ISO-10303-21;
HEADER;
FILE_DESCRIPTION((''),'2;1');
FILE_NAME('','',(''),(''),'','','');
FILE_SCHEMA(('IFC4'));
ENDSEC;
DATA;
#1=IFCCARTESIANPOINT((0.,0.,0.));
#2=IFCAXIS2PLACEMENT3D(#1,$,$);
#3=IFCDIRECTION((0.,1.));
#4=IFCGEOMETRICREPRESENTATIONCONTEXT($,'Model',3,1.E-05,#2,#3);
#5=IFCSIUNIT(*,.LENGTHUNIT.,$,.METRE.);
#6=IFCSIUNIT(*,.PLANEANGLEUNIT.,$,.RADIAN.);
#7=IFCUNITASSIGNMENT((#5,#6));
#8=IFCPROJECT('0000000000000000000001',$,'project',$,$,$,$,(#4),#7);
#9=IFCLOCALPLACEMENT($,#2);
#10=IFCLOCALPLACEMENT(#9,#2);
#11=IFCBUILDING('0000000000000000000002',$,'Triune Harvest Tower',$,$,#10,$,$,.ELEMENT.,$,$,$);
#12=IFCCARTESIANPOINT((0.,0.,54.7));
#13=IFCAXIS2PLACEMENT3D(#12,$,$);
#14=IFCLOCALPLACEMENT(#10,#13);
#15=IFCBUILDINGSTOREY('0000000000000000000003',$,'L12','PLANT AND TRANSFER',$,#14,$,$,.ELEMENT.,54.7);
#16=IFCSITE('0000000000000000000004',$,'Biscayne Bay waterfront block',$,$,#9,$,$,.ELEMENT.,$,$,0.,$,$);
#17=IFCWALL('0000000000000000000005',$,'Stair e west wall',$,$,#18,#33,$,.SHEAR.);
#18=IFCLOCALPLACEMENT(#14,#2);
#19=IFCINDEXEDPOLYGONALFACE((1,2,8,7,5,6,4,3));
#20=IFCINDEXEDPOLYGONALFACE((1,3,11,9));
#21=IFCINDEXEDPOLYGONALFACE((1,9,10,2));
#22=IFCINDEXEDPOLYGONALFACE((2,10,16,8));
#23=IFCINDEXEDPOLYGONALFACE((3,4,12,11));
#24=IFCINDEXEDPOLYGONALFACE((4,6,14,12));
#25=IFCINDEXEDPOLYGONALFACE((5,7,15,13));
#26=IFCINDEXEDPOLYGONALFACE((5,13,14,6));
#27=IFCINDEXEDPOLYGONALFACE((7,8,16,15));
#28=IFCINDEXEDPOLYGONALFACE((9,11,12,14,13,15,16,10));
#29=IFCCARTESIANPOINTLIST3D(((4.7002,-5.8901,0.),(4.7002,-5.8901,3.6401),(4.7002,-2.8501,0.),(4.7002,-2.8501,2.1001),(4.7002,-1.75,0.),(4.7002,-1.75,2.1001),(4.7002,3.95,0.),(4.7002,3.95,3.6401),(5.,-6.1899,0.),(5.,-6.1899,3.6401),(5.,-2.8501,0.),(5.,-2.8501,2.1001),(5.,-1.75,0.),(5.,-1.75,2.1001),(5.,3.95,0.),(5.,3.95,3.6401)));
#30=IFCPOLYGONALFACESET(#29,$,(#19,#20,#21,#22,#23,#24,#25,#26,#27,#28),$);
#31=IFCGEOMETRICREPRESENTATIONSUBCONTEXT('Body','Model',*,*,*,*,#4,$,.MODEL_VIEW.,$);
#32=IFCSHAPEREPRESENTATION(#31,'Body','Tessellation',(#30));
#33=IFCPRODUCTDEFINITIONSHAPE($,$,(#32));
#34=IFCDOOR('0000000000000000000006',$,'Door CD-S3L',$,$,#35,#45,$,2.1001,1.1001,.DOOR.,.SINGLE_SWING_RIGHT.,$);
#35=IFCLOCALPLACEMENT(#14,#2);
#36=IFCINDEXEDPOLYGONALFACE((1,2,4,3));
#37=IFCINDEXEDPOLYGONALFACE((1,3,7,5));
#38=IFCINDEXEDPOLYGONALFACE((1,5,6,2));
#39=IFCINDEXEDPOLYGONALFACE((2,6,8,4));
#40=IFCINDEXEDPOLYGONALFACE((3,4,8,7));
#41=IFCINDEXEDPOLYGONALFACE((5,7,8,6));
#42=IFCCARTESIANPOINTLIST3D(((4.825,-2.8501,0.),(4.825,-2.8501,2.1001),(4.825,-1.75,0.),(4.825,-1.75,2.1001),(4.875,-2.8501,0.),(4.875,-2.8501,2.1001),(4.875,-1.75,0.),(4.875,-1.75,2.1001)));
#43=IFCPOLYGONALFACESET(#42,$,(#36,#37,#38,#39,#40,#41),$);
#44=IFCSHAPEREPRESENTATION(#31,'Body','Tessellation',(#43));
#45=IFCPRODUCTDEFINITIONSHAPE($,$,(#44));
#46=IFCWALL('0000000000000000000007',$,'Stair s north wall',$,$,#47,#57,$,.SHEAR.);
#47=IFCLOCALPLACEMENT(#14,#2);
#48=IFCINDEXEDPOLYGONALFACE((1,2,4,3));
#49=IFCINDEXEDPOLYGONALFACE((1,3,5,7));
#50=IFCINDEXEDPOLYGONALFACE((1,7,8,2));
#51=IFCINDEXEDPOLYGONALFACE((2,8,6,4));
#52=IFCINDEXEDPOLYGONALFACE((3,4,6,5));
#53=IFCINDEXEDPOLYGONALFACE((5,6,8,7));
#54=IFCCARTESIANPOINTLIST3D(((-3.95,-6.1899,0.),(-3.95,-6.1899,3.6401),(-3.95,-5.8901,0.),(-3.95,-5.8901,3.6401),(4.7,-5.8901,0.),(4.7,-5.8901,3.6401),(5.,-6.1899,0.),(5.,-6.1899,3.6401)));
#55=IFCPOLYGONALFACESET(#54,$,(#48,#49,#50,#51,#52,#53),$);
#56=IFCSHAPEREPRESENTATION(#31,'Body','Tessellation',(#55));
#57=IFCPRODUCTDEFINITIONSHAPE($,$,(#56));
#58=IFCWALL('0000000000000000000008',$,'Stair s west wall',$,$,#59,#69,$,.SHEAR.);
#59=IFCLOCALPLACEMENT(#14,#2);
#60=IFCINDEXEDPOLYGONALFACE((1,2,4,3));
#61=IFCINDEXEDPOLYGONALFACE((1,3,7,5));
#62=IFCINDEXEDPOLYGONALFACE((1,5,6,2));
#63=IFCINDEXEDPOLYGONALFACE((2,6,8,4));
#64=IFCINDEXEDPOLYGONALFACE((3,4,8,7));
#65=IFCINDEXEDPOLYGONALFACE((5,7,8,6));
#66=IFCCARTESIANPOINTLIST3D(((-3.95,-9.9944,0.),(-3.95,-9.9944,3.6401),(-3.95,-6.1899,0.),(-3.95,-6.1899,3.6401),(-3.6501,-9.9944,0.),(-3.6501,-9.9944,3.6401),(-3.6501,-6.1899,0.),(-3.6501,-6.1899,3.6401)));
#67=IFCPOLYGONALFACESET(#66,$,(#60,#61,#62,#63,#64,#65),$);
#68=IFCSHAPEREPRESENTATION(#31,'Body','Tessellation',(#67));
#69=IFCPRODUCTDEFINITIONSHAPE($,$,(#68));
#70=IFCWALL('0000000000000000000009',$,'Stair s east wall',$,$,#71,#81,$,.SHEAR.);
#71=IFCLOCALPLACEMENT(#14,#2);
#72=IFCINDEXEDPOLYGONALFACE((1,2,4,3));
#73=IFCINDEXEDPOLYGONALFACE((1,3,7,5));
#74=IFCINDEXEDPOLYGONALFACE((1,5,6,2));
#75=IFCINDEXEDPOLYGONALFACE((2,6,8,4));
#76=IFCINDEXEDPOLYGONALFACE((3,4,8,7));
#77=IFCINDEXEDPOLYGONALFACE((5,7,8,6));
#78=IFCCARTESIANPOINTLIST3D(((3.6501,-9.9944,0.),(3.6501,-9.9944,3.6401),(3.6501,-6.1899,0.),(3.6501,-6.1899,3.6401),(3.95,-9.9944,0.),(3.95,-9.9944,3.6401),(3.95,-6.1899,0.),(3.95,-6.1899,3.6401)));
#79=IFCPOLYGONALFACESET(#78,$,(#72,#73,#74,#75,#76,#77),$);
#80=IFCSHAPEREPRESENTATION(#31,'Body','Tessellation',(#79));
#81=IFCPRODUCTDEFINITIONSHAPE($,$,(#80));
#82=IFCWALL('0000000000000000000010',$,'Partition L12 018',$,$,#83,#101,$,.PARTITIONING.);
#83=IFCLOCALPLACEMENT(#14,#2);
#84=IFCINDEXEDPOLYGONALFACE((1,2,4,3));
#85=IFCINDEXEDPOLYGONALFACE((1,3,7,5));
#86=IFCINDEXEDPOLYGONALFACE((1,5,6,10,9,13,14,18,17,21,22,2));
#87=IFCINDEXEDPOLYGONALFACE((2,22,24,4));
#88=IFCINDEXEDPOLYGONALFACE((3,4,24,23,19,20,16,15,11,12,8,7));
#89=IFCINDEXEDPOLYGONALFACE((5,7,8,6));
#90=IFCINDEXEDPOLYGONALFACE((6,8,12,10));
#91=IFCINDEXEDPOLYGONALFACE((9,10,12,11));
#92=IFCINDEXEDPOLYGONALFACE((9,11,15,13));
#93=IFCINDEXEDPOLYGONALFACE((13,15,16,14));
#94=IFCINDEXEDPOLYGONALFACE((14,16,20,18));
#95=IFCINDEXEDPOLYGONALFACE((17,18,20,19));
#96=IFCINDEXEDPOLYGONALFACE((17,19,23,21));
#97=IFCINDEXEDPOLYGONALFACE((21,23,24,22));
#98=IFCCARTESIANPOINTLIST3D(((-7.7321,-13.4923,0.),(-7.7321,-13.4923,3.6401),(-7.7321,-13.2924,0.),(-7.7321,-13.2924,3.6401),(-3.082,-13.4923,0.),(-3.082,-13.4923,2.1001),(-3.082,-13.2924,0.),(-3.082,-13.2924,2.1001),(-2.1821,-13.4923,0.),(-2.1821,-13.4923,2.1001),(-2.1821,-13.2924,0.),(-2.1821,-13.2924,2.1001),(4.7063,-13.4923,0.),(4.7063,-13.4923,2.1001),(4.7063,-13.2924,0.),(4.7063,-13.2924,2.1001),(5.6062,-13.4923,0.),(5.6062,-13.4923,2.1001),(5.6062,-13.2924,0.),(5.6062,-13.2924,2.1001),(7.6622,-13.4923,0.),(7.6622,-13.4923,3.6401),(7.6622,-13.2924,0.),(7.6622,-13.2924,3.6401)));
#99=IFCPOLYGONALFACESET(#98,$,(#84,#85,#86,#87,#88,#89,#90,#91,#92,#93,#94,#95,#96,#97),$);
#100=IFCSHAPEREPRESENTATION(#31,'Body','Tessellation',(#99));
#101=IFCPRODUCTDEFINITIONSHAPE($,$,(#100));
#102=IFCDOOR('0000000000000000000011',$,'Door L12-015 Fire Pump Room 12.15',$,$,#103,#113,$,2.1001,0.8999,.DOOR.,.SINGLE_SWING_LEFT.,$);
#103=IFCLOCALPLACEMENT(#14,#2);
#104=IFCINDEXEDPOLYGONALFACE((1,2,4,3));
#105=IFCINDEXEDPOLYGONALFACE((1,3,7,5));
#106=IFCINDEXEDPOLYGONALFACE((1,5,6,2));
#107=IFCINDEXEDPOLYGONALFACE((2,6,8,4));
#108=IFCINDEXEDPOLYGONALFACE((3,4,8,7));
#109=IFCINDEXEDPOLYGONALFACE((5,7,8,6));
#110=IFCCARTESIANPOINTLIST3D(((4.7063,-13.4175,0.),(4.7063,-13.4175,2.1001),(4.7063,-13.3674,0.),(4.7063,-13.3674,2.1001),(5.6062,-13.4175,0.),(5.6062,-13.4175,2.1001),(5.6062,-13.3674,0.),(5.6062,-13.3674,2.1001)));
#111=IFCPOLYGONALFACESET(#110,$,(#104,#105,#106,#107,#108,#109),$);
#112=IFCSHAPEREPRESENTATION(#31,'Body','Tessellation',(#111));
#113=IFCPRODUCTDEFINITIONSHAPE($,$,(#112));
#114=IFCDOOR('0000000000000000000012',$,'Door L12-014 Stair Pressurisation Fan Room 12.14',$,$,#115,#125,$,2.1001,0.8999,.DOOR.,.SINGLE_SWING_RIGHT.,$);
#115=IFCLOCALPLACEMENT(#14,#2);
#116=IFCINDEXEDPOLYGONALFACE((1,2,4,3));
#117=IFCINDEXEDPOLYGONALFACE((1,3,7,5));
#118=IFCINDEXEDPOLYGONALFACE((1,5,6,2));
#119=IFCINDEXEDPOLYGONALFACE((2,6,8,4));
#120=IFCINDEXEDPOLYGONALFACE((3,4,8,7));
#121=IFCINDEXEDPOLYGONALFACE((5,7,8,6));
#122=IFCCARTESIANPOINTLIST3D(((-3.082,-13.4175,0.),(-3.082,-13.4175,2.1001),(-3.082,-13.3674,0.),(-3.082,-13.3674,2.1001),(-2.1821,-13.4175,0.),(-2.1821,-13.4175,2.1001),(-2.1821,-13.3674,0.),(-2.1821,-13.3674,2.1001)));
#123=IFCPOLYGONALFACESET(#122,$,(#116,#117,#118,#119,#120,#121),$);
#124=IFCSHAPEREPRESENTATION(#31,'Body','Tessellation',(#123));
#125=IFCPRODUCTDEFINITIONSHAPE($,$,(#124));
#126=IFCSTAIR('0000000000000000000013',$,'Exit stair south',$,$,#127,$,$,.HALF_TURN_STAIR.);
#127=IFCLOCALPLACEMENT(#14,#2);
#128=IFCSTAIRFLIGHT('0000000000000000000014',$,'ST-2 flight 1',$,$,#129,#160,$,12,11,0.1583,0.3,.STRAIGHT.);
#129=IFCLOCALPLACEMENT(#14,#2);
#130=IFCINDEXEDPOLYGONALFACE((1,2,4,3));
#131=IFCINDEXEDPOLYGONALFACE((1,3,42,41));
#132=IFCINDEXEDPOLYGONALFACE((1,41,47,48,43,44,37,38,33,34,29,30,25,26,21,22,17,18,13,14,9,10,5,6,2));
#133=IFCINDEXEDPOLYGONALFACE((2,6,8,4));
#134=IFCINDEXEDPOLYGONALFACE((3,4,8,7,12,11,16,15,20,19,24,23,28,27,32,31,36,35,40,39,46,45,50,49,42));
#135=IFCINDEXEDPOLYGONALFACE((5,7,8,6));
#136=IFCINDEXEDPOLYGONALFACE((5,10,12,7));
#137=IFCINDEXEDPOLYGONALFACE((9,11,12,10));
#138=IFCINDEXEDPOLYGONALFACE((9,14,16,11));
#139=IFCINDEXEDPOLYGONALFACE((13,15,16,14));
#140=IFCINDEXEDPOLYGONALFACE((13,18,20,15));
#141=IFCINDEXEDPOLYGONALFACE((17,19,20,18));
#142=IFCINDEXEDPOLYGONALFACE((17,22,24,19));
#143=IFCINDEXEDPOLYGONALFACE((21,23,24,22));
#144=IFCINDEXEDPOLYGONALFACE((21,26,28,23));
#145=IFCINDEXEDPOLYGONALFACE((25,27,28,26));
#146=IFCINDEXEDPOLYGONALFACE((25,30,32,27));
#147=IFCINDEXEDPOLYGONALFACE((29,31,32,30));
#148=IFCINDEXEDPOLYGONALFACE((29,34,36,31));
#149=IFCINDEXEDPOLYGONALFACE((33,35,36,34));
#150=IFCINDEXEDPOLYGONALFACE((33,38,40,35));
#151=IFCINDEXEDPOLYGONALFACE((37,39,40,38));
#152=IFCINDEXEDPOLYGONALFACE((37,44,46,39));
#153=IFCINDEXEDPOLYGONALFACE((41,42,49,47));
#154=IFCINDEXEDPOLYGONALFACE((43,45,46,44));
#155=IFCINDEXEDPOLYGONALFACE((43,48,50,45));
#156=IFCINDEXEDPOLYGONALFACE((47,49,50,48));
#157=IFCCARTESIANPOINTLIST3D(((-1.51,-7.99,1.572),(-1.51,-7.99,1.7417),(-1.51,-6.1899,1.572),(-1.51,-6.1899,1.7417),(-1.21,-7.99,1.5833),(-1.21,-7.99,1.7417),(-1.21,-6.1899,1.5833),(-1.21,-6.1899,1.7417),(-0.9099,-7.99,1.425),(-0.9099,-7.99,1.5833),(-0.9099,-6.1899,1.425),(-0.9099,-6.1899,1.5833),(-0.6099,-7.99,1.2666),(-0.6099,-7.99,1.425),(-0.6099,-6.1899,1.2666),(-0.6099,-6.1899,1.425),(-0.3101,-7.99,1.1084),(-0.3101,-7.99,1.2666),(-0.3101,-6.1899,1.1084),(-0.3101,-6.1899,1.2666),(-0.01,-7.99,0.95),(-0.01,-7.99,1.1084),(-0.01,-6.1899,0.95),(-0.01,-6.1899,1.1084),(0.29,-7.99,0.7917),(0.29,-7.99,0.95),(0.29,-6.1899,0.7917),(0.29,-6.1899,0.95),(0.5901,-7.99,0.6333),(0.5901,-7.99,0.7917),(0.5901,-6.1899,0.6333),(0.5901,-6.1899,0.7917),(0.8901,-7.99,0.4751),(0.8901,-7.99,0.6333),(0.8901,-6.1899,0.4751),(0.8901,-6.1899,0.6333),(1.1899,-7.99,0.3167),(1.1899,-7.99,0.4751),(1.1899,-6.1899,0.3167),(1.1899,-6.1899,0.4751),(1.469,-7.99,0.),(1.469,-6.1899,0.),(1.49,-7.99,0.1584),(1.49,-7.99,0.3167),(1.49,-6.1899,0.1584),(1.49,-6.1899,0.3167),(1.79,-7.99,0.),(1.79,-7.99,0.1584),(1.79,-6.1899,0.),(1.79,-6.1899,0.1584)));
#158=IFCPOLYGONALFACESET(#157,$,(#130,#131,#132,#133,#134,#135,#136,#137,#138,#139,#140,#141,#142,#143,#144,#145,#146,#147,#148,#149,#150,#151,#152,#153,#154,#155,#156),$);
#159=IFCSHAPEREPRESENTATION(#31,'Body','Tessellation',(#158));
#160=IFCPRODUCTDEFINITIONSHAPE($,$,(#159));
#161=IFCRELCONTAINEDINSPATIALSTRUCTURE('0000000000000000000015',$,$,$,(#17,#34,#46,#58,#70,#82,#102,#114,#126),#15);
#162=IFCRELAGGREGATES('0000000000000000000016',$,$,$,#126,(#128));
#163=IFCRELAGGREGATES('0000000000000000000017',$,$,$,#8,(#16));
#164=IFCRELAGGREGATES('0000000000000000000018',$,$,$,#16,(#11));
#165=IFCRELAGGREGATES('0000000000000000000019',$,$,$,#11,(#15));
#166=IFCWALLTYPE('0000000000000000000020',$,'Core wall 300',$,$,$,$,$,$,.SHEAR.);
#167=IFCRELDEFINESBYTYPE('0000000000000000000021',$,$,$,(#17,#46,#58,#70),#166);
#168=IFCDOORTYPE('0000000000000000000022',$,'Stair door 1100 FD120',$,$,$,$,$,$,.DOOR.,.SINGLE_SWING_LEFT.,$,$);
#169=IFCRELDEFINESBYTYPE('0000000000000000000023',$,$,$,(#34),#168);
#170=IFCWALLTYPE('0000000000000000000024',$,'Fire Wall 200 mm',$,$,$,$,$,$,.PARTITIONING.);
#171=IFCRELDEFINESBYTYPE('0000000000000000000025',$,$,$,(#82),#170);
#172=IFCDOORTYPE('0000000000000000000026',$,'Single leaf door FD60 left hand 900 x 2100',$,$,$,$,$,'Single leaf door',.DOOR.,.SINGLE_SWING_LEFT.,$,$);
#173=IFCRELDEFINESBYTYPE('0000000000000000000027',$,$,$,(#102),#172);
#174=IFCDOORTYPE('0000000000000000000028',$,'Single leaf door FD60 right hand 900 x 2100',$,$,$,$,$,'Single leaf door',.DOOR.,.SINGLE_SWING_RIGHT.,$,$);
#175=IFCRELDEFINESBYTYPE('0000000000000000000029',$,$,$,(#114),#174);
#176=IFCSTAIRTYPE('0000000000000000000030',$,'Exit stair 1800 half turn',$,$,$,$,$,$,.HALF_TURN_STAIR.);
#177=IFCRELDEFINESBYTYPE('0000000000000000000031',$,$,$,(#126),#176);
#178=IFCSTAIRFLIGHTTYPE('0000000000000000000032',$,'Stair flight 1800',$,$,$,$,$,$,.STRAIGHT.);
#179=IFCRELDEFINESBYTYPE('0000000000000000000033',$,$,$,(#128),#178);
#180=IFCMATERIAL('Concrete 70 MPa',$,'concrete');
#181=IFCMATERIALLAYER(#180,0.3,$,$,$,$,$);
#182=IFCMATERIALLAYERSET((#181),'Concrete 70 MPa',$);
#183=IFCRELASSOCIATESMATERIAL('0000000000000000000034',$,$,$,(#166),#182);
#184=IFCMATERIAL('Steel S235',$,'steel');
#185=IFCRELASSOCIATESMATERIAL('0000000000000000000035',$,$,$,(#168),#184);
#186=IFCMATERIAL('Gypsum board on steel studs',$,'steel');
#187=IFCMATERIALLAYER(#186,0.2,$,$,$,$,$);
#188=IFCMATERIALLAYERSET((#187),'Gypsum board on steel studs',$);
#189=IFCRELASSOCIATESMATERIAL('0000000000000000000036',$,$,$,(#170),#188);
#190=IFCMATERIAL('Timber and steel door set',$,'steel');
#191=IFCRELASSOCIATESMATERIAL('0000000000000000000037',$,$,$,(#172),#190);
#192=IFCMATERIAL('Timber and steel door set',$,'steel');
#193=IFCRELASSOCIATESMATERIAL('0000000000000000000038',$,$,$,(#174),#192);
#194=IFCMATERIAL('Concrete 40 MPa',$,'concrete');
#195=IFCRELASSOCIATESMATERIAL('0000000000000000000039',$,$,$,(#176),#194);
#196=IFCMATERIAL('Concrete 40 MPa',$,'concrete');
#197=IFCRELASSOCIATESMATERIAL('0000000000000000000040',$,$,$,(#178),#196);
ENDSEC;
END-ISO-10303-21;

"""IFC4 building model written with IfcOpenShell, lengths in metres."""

from ifc_helpers import new_model, si_unit, direction, frame, frame_2d, origin, place, context, subcontext, project, spatial, polyline, rectangle, outline, extrude, source, transform, mapped, material, layer, layer_set, type_object, element, fill, aggregate, save


model = new_model("IFC4")

# Units and contexts
model_context = context("Model", 3, precision=1e-05, world=origin(), true_north=direction((0.0, 1.0)))
body_context = subcontext(model_context, "Body", "Model", "MODEL_VIEW")
ifc_project = project(units=[si_unit("LENGTHUNIT", "METRE"), si_unit("PLANEANGLEUNIT", "RADIAN")], contexts=[model_context])

# Site, building, storey
site_placement = place(None, origin())
site = spatial("IfcSite", under=ifc_project, at=site_placement, Name="Biscayne Bay waterfront block", CompositionType="ELEMENT", RefElevation=0.0)
building_placement = place(site_placement, origin())
building = spatial("IfcBuilding", under=site, at=building_placement, Name="Triune Harvest Tower", CompositionType="ELEMENT")
storey_placement = place(building_placement, frame((0.0, 0.0, 54.7)))
storey = spatial("IfcBuildingStorey", under=building, at=storey_placement, Name="L12", Description="PLANT AND TRANSFER", CompositionType="ELEMENT", Elevation=54.7)

# Shared definitions
ifc_material_1 = material(Name="Concrete 70 MPa", Category="concrete")
ifc_layer_1 = layer(ifc_material_1, 0.3)
ifc_layer_set_1 = layer_set([ifc_layer_1], Name="Concrete 70 MPa")
wall_type_1 = type_object("IfcWallType", Name="Core wall 300", PredefinedType="SHEAR", material=ifc_layer_set_1)

# Wall, opening, door
shared_shape_1 = source(origin(), body_context, "Body", "SweptSolid", [
    extrude(outline(polyline([(-0.1499, -0.1499), (9.99, -0.1499), (9.99, 0.1499), (0.1499, 0.1499), (-0.1499, -0.1499)])), origin(), (0.0, 0.0, 1.0), 3.6401),
])
wall_1_placement = place(storey_placement, frame((4.8501, -6.04, 0.0), z_axis=(0.0, 0.0, 1.0), x_axis=(0.0, 1.0, 0.0)))
wall_1 = element("IfcWall", 1, at=wall_1_placement, inside=storey, type_object=wall_type_1, Name="Stair e west wall", PredefinedType="SHEAR", context=body_context, shape_type="MappedRepresentation", body=[
    mapped(shared_shape_1, transform((0.0, 0.0, 0.0), scale=1.0)),
])
opening_1_placement = place(wall_1_placement, frame((3.1899, 0.0, 0.0)))
opening_1 = element("IfcOpeningElement", 2, at=opening_1_placement, cuts=wall_1, PredefinedType="OPENING", context=body_context, shape_type="SweptSolid", body=[
    extrude(rectangle(XDim=1.1001, YDim=2.1001, at=frame_2d((0.55, 1.05))), frame((0.0, 0.1602, 0.0), z_axis=(0.0, -1.0, 0.0), x_axis=(1.0, 0.0, 0.0)), (0.0, 0.0, 1.0), 0.3201),
])
ifc_material_2 = material(Name="Steel S235", Category="steel")
door_type_1 = type_object("IfcDoorType", Name="Stair door 1100 FD120", OperationType="SINGLE_SWING_LEFT", PredefinedType="DOOR", material=ifc_material_2)
door_1_placement = place(opening_1_placement, frame((1.1001, 0.0, 0.0), z_axis=(0.0, 0.0, 1.0), x_axis=(-1.0, 0.0, 0.0)))
door_1 = element("IfcDoor", 3, at=door_1_placement, inside=storey, type_object=door_type_1, Name="Door CD-S3L", OperationType="SINGLE_SWING_RIGHT", OverallHeight=2.1001, OverallWidth=1.1001, PredefinedType="DOOR", context=body_context, shape_type="SweptSolid", body=[
    extrude(rectangle(XDim=1.1001, YDim=2.1001, at=frame_2d((0.55, 1.05))), frame((0.0, 0.0249, 0.0), z_axis=(0.0, -1.0, 0.0), x_axis=(1.0, 0.0, 0.0)), (0.0, 0.0, 1.0), 0.05),
])
fill(opening_1, door_1)

# Walls
shared_shape_2 = source(origin(), body_context, "Body", "SweptSolid", [
    extrude(outline(polyline([(0.0, -0.1499), (8.95, -0.1499), (8.6499, 0.1499), (0.0, 0.1499), (0.0, -0.1499)])), origin(), (0.0, 0.0, 1.0), 3.6401),
])
wall_2_placement = place(storey_placement, frame((-3.95, -6.04, 0.0), z_axis=(0.0, 0.0, 1.0), x_axis=(1.0, 0.0, 0.0)))
element("IfcWall", 4, at=wall_2_placement, inside=storey, type_object=wall_type_1, Name="Stair s north wall", PredefinedType="SHEAR", context=body_context, shape_type="MappedRepresentation", body=[
    mapped(shared_shape_2, transform((0.0, 0.0, 0.0), scale=1.0)),
])
shared_shape_3 = source(origin(), body_context, "Body", "SweptSolid", [
    extrude(outline(polyline([(3.8, -0.1499), (-0.0044, -0.1499), (-0.0044, 0.1499), (3.8, 0.1499), (3.8, -0.1499)])), origin(), (0.0, 0.0, 1.0), 3.6401),
])
for number, where, z_axis, x_axis, name in (
    (5, (-3.8, -9.99, 0.0), (0.0, 0.0, 1.0), (0.0, 1.0, 0.0), "Stair s west wall"),
    (6, (3.8, -9.99, 0.0), (0.0, 0.0, 1.0), (0.0, 1.0, 0.0), "Stair s east wall"),
):
    element("IfcWall", number, at=place(storey_placement, frame(where, z_axis=z_axis, x_axis=x_axis)), inside=storey, type_object=wall_type_1, Name=name, PredefinedType="SHEAR", context=body_context, shape_type="MappedRepresentation", body=[
        mapped(shared_shape_3, transform((0.0, 0.0, 0.0), scale=1.0)),
    ])

# Wall, openings, doors
ifc_material_3 = material(Name="Gypsum board on steel studs", Category="steel")
ifc_layer_2 = layer(ifc_material_3, 0.2)
ifc_layer_set_2 = layer_set([ifc_layer_2], Name="Gypsum board on steel studs")
wall_type_2 = type_object("IfcWallType", Name="Fire Wall 200 mm", PredefinedType="PARTITIONING", material=ifc_layer_set_2)
shared_shape_4 = source(origin(), body_context, "Body", "SweptSolid", [
    extrude(rectangle(XDim=15.3943, YDim=0.2, at=frame_2d((7.6973, 0.0))), origin(), (0.0, 0.0, 1.0), 3.6401),
])
wall_3_placement = place(storey_placement, frame((-7.7322, -13.3923, 0.0), z_axis=(0.0, 0.0, 1.0), x_axis=(1.0, 0.0, 0.0)))
wall_3 = element("IfcWall", 7, at=wall_3_placement, inside=storey, type_object=wall_type_2, Name="Partition L12 018", PredefinedType="PARTITIONING", context=body_context, shape_type="MappedRepresentation", body=[
    mapped(shared_shape_4, transform((0.0, 0.0, 0.0), scale=1.0)),
])
opening_2_placement = place(wall_3_placement, frame((4.6501, 0.0, 0.0)))
opening_2 = element("IfcOpeningElement", 8, at=opening_2_placement, cuts=wall_3, PredefinedType="OPENING", context=body_context, shape_type="SweptSolid", body=[
    extrude(rectangle(XDim=0.8999, YDim=2.1001, at=frame_2d((0.45, 1.05))), frame((0.0, 0.1099, 0.0), z_axis=(0.0, -1.0, 0.0), x_axis=(1.0, 0.0, 0.0)), (0.0, 0.0, 1.0), 0.22),
])
opening_3_placement = place(wall_3_placement, frame((12.4385, 0.0, 0.0)))
opening_3 = element("IfcOpeningElement", 9, at=opening_3_placement, cuts=wall_3, PredefinedType="OPENING", context=body_context, shape_type="SweptSolid", body=[
    extrude(rectangle(XDim=0.8999, YDim=2.1001, at=frame_2d((0.45, 1.05))), frame((0.0, 0.1099, 0.0), z_axis=(0.0, -1.0, 0.0), x_axis=(1.0, 0.0, 0.0)), (0.0, 0.0, 1.0), 0.22),
])
ifc_material_4 = material(Name="Timber and steel door set", Category="steel")
door_type_2 = type_object("IfcDoorType", Name="Single leaf door FD60 left hand 900 x 2100", ElementType="Single leaf door", OperationType="SINGLE_SWING_LEFT", PredefinedType="DOOR", material=ifc_material_4)
door_2_placement = place(opening_3_placement, origin())
door_2 = element("IfcDoor", 10, at=door_2_placement, inside=storey, type_object=door_type_2, Name="Door L12-015 Fire Pump Room 12.15", OperationType="SINGLE_SWING_LEFT", OverallHeight=2.1001, OverallWidth=0.8999, PredefinedType="DOOR", context=body_context, shape_type="SweptSolid", body=[
    extrude(rectangle(XDim=0.8999, YDim=2.1001, at=frame_2d((0.45, 1.05))), frame((0.0, 0.0249, 0.0), z_axis=(0.0, -1.0, 0.0), x_axis=(1.0, 0.0, 0.0)), (0.0, 0.0, 1.0), 0.05),
])
fill(opening_3, door_2)
ifc_material_5 = material(Name="Timber and steel door set", Category="steel")
door_type_3 = type_object("IfcDoorType", Name="Single leaf door FD60 right hand 900 x 2100", ElementType="Single leaf door", OperationType="SINGLE_SWING_RIGHT", PredefinedType="DOOR", material=ifc_material_5)
door_3_placement = place(opening_2_placement, origin())
door_3 = element("IfcDoor", 11, at=door_3_placement, inside=storey, type_object=door_type_3, Name="Door L12-014 Stair Pressurisation Fan Room 12.14", OperationType="SINGLE_SWING_RIGHT", OverallHeight=2.1001, OverallWidth=0.8999, PredefinedType="DOOR", context=body_context, shape_type="SweptSolid", body=[
    extrude(rectangle(XDim=0.8999, YDim=2.1001, at=frame_2d((0.45, 1.05))), frame((0.0, 0.0249, 0.0), z_axis=(0.0, -1.0, 0.0), x_axis=(1.0, 0.0, 0.0)), (0.0, 0.0, 1.0), 0.05),
])
fill(opening_2, door_3)

# Stair, stair flight
ifc_material_6 = material(Name="Concrete 40 MPa", Category="concrete")
stair_type = type_object("IfcStairType", Name="Exit stair 1800 half turn", PredefinedType="HALF_TURN_STAIR", material=ifc_material_6)
stair_placement = place(storey_placement, origin())
stair = element("IfcStair", 12, at=stair_placement, inside=storey, type_object=stair_type, Name="Exit stair south", PredefinedType="HALF_TURN_STAIR")
ifc_material_7 = material(Name="Concrete 40 MPa", Category="concrete")
stair_flight_type = type_object("IfcStairFlightType", Name="Stair flight 1800", PredefinedType="STRAIGHT", material=ifc_material_7)
shared_shape_5 = source(origin(), body_context, "Body", "SweptSolid", [
    extrude(outline(polyline([(0.0, 0.0), (0.0, 0.1584), (0.3, 0.1584), (0.3, 0.3167), (0.6001, 0.3167), (0.6001, 0.4751), (0.8999, 0.4751), (0.8999, 0.6333), (1.2, 0.6333), (1.2, 0.7917), (1.5, 0.7917), (1.5, 0.95), (1.8, 0.95), (1.8, 1.1084), (2.1001, 1.1084), (2.1001, 1.2666), (2.3999, 1.2666), (2.3999, 1.425), (2.7, 1.425), (2.7, 1.5833), (3.0, 1.5833), (3.0, 1.7417), (3.3, 1.7417), (3.3, 1.8999), (3.3, 1.572), (0.321, 0.0), (0.0, 0.0)])), frame((0.0, 0.8999, 0.0), z_axis=(0.0, -1.0, 0.0), x_axis=(1.0, 0.0, 0.0)), (0.0, 0.0, 1.0), 1.8),
])
stair_flight_1_placement = place(storey_placement, frame((1.79, -7.0901, 0.0), z_axis=(0.0, 0.0, 1.0), x_axis=(-1.0, 0.0, 0.0)))
stair_flight_1 = element("IfcStairFlight", 13, at=stair_flight_1_placement, type_object=stair_flight_type, Name="ST-2 flight 1", NumberOfRisers=12, NumberOfTreads=11, PredefinedType="STRAIGHT", RiserHeight=0.1583, TreadLength=0.3, context=body_context, shape_type="MappedRepresentation", body=[
    mapped(shared_shape_5, transform((0.0, 0.0, 0.0), scale=1.0)),
])
aggregate(stair, [stair_flight_1])

save(model, "model.ifc")
